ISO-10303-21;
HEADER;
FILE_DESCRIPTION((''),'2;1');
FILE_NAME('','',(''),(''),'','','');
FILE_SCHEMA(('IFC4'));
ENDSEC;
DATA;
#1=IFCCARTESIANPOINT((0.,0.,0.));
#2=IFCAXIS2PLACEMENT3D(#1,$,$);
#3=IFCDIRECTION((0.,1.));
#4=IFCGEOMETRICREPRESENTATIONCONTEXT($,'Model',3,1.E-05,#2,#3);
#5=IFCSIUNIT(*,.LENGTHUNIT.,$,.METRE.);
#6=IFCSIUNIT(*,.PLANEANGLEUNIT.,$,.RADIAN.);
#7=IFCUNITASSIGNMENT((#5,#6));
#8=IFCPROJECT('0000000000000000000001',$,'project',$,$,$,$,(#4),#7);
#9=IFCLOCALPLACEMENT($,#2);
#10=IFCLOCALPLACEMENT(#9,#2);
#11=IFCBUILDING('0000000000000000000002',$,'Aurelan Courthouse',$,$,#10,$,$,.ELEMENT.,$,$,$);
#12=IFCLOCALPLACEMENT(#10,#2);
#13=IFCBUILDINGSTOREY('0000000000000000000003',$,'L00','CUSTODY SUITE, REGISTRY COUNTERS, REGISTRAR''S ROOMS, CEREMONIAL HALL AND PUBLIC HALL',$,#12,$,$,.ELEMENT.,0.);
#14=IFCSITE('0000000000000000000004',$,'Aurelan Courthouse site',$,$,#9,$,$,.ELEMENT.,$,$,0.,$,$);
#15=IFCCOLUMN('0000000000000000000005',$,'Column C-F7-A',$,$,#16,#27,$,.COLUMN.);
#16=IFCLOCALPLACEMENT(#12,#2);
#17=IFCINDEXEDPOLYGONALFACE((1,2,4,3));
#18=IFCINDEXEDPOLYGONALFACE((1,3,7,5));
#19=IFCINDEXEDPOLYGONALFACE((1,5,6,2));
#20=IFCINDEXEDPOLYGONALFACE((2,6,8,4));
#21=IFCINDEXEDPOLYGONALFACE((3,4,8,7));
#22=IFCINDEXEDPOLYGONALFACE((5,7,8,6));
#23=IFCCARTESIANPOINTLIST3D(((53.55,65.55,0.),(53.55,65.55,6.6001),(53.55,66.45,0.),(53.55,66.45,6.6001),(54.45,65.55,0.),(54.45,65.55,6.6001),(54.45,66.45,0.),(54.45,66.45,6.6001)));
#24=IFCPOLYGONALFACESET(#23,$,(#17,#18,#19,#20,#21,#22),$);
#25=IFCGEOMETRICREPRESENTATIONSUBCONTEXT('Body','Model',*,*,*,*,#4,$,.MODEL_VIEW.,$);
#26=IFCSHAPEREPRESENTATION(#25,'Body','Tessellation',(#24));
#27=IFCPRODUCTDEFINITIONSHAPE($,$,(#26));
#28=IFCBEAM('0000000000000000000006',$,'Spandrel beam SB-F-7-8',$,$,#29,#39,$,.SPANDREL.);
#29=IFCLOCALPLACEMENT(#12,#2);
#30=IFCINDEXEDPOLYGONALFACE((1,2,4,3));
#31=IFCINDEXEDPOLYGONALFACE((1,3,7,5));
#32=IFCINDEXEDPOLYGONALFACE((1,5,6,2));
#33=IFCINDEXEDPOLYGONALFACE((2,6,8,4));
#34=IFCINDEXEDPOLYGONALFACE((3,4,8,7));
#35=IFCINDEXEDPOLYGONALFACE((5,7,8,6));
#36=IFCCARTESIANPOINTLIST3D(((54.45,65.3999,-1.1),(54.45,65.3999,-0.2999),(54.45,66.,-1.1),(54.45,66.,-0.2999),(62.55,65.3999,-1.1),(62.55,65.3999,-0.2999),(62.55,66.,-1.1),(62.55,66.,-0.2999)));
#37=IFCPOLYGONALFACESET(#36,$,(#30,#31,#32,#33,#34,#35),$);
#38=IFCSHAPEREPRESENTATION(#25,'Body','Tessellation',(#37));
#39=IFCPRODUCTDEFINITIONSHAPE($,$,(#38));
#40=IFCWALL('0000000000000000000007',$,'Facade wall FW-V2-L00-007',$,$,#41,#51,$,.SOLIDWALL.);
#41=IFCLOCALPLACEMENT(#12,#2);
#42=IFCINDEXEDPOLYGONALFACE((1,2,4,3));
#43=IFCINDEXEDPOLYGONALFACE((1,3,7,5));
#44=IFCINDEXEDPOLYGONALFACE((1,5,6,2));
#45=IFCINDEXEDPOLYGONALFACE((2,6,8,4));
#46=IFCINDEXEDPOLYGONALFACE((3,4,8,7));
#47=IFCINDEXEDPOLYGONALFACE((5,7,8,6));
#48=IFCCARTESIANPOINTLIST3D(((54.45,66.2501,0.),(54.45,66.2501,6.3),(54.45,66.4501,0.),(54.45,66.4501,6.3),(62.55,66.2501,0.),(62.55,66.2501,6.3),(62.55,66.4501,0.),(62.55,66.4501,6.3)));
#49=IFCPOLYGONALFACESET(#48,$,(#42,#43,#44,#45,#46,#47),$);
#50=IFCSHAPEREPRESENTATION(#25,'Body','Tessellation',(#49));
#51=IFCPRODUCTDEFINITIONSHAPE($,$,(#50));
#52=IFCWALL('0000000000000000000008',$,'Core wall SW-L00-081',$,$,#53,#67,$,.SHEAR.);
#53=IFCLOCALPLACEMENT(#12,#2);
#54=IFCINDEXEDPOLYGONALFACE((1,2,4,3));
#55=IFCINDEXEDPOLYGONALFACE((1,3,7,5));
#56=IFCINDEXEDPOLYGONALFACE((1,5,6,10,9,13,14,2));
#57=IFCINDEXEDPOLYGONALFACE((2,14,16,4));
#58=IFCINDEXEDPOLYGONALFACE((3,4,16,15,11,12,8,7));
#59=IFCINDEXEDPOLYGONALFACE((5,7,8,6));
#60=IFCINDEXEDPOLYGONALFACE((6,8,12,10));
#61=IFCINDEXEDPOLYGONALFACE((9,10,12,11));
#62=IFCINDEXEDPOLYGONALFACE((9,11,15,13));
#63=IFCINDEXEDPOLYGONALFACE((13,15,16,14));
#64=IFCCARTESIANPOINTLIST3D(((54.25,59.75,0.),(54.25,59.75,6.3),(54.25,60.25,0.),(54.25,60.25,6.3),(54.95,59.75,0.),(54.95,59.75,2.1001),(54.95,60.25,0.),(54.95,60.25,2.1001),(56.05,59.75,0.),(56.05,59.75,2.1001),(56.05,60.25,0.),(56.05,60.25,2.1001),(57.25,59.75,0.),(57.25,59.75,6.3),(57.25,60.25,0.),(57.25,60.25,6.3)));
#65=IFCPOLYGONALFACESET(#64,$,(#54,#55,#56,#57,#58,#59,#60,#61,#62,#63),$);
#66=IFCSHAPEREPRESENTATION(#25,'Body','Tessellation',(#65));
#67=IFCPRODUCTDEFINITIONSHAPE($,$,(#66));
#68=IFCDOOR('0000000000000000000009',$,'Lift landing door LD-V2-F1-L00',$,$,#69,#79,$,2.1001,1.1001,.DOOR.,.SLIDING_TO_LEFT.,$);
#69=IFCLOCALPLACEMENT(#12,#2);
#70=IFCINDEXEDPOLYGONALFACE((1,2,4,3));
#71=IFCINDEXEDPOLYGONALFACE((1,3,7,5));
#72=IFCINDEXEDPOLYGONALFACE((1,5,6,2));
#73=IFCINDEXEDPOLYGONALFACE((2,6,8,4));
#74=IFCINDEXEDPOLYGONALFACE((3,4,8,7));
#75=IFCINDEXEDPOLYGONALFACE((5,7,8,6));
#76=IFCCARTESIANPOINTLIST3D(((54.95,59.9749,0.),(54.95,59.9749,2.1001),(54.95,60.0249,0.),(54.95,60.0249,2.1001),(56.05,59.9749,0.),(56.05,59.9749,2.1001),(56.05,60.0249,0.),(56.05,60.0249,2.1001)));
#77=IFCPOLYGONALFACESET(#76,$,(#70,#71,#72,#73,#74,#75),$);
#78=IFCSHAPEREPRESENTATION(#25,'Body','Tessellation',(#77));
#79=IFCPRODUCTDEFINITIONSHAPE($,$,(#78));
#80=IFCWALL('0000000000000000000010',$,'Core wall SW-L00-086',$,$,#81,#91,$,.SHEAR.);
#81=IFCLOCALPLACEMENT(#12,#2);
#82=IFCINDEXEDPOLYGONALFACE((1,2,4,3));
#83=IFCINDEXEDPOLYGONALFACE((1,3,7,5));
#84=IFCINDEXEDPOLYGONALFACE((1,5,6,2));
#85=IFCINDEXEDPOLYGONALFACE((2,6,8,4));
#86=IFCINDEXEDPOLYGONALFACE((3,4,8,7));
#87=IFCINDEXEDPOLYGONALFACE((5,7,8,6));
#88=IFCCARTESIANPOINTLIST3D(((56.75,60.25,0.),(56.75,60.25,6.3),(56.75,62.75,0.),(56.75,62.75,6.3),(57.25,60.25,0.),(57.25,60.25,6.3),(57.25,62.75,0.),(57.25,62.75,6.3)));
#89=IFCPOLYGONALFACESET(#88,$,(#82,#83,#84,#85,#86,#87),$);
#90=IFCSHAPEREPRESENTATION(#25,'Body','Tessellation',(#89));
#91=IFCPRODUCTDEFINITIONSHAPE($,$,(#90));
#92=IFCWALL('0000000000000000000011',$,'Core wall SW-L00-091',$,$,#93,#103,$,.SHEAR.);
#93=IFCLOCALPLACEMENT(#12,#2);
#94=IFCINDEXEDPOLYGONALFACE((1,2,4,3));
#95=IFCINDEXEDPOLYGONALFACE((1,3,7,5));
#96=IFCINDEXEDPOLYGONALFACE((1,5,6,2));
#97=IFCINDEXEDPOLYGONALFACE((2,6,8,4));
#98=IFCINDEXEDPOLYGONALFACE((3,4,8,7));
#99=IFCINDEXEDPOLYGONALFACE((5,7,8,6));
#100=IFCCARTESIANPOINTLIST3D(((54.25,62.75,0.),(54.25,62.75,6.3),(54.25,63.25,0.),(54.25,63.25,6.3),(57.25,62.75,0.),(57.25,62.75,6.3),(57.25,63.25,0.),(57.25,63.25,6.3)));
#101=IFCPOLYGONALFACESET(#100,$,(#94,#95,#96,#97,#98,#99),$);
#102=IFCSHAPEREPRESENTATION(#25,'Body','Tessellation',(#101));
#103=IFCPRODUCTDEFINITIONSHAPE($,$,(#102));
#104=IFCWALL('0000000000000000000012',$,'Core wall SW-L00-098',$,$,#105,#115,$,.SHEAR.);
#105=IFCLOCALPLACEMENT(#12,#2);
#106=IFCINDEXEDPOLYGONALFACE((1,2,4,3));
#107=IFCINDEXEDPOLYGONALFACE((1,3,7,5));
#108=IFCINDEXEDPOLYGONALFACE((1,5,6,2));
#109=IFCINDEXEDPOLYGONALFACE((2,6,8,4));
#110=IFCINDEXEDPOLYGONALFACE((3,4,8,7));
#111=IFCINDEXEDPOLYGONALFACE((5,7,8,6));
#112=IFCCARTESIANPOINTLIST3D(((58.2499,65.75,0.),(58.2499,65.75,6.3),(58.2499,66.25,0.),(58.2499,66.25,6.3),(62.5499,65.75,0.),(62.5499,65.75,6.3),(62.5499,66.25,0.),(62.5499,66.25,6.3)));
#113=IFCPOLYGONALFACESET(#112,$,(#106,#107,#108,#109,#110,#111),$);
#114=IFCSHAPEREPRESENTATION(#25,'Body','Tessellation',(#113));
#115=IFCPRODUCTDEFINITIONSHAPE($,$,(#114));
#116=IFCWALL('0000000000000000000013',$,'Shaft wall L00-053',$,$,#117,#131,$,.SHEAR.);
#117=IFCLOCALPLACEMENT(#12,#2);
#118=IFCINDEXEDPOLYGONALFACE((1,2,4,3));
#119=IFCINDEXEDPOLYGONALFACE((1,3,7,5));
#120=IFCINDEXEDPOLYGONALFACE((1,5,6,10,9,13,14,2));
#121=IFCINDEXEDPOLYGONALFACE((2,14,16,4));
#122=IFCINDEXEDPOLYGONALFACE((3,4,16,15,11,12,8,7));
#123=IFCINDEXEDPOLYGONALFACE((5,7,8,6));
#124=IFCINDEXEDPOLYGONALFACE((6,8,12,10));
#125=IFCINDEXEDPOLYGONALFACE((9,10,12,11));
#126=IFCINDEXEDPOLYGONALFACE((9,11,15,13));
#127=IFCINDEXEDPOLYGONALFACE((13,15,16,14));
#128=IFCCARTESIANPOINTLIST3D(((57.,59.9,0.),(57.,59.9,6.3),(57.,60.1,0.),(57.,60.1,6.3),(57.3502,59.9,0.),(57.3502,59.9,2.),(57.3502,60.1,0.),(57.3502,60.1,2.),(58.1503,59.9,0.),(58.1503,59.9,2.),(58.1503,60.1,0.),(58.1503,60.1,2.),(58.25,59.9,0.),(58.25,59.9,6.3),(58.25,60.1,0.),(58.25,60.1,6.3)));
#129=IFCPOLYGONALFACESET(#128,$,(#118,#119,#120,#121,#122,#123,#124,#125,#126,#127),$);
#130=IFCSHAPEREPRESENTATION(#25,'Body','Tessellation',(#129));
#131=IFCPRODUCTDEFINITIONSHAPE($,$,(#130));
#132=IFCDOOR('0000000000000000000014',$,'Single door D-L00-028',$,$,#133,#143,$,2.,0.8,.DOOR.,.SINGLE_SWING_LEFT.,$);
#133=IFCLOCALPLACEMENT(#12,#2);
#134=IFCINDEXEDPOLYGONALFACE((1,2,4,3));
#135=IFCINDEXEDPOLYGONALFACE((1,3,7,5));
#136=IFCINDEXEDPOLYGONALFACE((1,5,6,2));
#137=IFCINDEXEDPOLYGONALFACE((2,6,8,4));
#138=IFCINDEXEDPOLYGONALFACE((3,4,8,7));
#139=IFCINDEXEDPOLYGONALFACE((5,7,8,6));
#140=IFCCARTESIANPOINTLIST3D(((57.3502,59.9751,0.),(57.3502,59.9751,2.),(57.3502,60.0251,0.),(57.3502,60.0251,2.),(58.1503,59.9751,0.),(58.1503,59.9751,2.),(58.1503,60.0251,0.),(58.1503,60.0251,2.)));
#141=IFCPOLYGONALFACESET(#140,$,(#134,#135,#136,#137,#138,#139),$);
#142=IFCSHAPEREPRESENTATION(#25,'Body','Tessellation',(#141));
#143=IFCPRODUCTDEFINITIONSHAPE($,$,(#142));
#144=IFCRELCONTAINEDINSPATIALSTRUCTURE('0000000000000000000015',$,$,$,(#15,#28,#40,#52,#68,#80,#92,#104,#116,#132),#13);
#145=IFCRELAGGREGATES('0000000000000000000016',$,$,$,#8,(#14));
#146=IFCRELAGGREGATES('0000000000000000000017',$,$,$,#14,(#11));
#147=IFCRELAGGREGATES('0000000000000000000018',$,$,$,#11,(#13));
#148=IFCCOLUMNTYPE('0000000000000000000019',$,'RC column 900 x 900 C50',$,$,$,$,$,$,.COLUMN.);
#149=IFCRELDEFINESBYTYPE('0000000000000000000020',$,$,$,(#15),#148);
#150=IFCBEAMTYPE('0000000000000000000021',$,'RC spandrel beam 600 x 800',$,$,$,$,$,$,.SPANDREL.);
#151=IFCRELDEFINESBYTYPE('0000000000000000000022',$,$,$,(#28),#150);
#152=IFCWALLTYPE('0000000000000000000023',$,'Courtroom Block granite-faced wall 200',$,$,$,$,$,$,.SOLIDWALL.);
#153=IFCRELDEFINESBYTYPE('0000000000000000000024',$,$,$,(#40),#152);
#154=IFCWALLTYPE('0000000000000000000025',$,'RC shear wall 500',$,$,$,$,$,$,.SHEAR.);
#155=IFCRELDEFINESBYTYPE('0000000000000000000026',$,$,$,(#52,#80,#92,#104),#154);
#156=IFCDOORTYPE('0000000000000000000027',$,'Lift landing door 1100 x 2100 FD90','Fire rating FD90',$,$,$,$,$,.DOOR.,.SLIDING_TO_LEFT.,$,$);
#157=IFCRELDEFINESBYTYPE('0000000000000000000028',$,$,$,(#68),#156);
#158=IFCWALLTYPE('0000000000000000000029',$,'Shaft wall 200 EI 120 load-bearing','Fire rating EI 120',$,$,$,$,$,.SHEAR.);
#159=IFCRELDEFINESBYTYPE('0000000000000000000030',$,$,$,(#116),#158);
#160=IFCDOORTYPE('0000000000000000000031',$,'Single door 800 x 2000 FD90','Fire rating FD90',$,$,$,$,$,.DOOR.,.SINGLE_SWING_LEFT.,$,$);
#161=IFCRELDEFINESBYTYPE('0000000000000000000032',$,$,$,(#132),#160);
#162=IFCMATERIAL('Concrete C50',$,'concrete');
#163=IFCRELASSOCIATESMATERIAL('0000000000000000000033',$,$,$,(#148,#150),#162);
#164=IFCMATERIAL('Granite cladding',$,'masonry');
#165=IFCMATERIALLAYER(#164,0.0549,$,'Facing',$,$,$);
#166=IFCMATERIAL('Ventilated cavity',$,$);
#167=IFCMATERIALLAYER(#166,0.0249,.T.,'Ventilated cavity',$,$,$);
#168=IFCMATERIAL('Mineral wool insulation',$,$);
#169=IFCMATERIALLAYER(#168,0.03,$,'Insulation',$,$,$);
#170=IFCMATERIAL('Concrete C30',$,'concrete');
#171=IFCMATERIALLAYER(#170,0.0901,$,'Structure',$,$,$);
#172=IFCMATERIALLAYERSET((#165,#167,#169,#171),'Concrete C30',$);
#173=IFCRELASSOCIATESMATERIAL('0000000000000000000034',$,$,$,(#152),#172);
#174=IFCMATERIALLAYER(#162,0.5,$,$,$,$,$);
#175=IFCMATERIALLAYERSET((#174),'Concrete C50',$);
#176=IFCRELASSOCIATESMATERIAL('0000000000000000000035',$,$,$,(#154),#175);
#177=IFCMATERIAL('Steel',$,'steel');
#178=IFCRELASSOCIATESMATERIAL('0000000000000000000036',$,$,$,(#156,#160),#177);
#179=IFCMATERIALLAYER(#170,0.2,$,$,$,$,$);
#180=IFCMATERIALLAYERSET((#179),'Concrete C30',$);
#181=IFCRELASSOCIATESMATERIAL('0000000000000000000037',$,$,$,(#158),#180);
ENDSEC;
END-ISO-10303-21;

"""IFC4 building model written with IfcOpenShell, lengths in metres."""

from ifc_helpers import new_model, si_unit, direction, frame, frame_2d, origin, origin_2d, place, context, subcontext, project, spatial, rectangle, extrude, material, layer, layer_set, material_profile, profile_set, type_object, element, fill, save


model = new_model("IFC4")

# Units and contexts
model_context = context("Model", 3, precision=1e-05, world=origin(), true_north=direction((0.0, 1.0)))
body_context = subcontext(model_context, "Body", "Model", "MODEL_VIEW")
ifc_project = project(units=[si_unit("LENGTHUNIT", "METRE"), si_unit("PLANEANGLEUNIT", "RADIAN")], contexts=[model_context])

# Site, building, storey
site_placement = place(None, origin())
site = spatial("IfcSite", under=ifc_project, at=site_placement, Name="Aurelan Courthouse site", CompositionType="ELEMENT", RefElevation=0.0)
building_placement = place(site_placement, origin())
building = spatial("IfcBuilding", under=site, at=building_placement, Name="Aurelan Courthouse", CompositionType="ELEMENT")
storey_placement = place(building_placement, origin())
storey = spatial("IfcBuildingStorey", under=building, at=storey_placement, Name="L00", Description="CUSTODY SUITE, REGISTRY COUNTERS, REGISTRAR'S ROOMS, CEREMONIAL HALL AND PUBLIC HALL", CompositionType="ELEMENT", Elevation=0.0)

# Column
ifc_material_1 = material(Name="Concrete C50", Category="concrete")
ifc_material_profile_1 = material_profile(ifc_material_1, rectangle(XDim=0.8999, YDim=0.8999, at=origin_2d()), Name="RC 900 x 900")
ifc_profile_set_1 = profile_set([ifc_material_profile_1], Name="Concrete C50")
column_type = type_object("IfcColumnType", Name="RC column 900 x 900 C50", PredefinedType="COLUMN", material=ifc_profile_set_1)
column_placement = place(storey_placement, frame((54.0, 66.0, 0.0), z_axis=(0.0, 0.0, 1.0), x_axis=(1.0, 0.0, 0.0)))
element("IfcColumn", 1, at=column_placement, inside=storey, type_object=column_type, Name="Column C-F7-A", PredefinedType="COLUMN", context=body_context, shape_type="SweptSolid", body=[
    extrude(rectangle(XDim=0.8999, YDim=0.8999, at=origin_2d()), origin(), (0.0, 0.0, 1.0), 6.6001),
])

# Beam
ifc_material_profile_2 = material_profile(ifc_material_1, rectangle(XDim=0.6001, YDim=0.8, at=origin_2d()), Name="RC 600 x 800")
ifc_profile_set_2 = profile_set([ifc_material_profile_2], Name="Concrete C50")
beam_type = type_object("IfcBeamType", Name="RC spandrel beam 600 x 800", PredefinedType="SPANDREL", material=ifc_profile_set_2)
beam_placement = place(storey_placement, frame((54.45, 65.7, -0.7), z_axis=(1.0, 0.0, 0.0), x_axis=(0.0, 1.0, 0.0)))
element("IfcBeam", 2, at=beam_placement, inside=storey, type_object=beam_type, Name="Spandrel beam SB-F-7-8", PredefinedType="SPANDREL", context=body_context, shape_type="SweptSolid", body=[
    extrude(rectangle(XDim=0.6001, YDim=0.8, at=origin_2d()), origin(), (0.0, 0.0, 1.0), 8.1001),
])

# Wall
ifc_material_2 = material(Name="Granite cladding", Category="masonry")
ifc_layer_1 = layer(ifc_material_2, 0.0549, Name="Facing")
ifc_material_3 = material(Name="Ventilated cavity")
ifc_layer_2 = layer(ifc_material_3, 0.0249, ventilated=True, Name="Ventilated cavity")
ifc_material_4 = material(Name="Mineral wool insulation")
ifc_layer_3 = layer(ifc_material_4, 0.03, Name="Insulation")
ifc_material_5 = material(Name="Concrete C30", Category="concrete")
ifc_layer_4 = layer(ifc_material_5, 0.0901, Name="Structure")
ifc_layer_set_1 = layer_set([ifc_layer_1, ifc_layer_2, ifc_layer_3, ifc_layer_4], Name="Concrete C30")
wall_type_1 = type_object("IfcWallType", Name="Courtroom Block granite-faced wall 200", PredefinedType="SOLIDWALL", material=ifc_layer_set_1)
wall_1_placement = place(storey_placement, frame((54.45, 66.3501, 0.0), z_axis=(0.0, 0.0, 1.0), x_axis=(1.0, 0.0, 0.0)))
element("IfcWall", 3, at=wall_1_placement, inside=storey, type_object=wall_type_1, Name="Facade wall FW-V2-L00-007", PredefinedType="SOLIDWALL", context=body_context, shape_type="SweptSolid", body=[
    extrude(rectangle(XDim=8.1001, YDim=0.2, at=frame_2d((4.05, 0.0))), origin(), (0.0, 0.0, 1.0), 6.3),
])

# Wall, opening, door
ifc_layer_5 = layer(ifc_material_1, 0.5)
ifc_layer_set_2 = layer_set([ifc_layer_5], Name="Concrete C50")
wall_type_2 = type_object("IfcWallType", Name="RC shear wall 500", PredefinedType="SHEAR", material=ifc_layer_set_2)
wall_2_placement = place(storey_placement, frame((54.25, 60.0, 0.0), z_axis=(0.0, 0.0, 1.0), x_axis=(1.0, 0.0, 0.0)))
wall_2 = element("IfcWall", 4, at=wall_2_placement, inside=storey, type_object=wall_type_2, Name="Core wall SW-L00-081", PredefinedType="SHEAR", context=body_context, shape_type="SweptSolid", body=[
    extrude(rectangle(XDim=3.0, YDim=0.5, at=frame_2d((1.5, 0.0))), origin(), (0.0, 0.0, 1.0), 6.3),
])
opening_1_placement = place(wall_2_placement, frame((0.7, 0.0, 0.0)))
opening_1 = element("IfcOpeningElement", 5, at=opening_1_placement, cuts=wall_2, PredefinedType="OPENING", context=body_context, shape_type="SweptSolid", body=[
    extrude(rectangle(XDim=1.1001, YDim=2.1001, at=frame_2d((0.55, 1.05))), frame((0.0, 0.26, 0.0), z_axis=(0.0, -1.0, 0.0), x_axis=(1.0, 0.0, 0.0)), (0.0, 0.0, 1.0), 0.52),
])
ifc_material_6 = material(Name="Steel", Category="steel")
door_type_1 = type_object("IfcDoorType", Name="Lift landing door 1100 x 2100 FD90", Description="Fire rating FD90", OperationType="SLIDING_TO_LEFT", PredefinedType="DOOR", material=ifc_material_6)
door_1_placement = place(opening_1_placement, origin())
door_1 = element("IfcDoor", 6, at=door_1_placement, inside=storey, type_object=door_type_1, Name="Lift landing door LD-V2-F1-L00", OperationType="SLIDING_TO_LEFT", OverallHeight=2.1001, OverallWidth=1.1001, PredefinedType="DOOR", context=body_context, shape_type="SweptSolid", body=[
    extrude(rectangle(XDim=1.1001, YDim=2.1001, at=frame_2d((0.55, 1.05))), frame((0.0, 0.0249, 0.0), z_axis=(0.0, -1.0, 0.0), x_axis=(1.0, 0.0, 0.0)), (0.0, 0.0, 1.0), 0.05),
])
fill(opening_1, door_1)

# Walls
wall_3_placement = place(storey_placement, frame((57.0, 60.25, 0.0), z_axis=(0.0, 0.0, 1.0), x_axis=(0.0, 1.0, 0.0)))
element("IfcWall", 7, at=wall_3_placement, inside=storey, type_object=wall_type_2, Name="Core wall SW-L00-086", PredefinedType="SHEAR", context=body_context, shape_type="SweptSolid", body=[
    extrude(rectangle(XDim=2.5, YDim=0.5, at=frame_2d((1.25, 0.0))), origin(), (0.0, 0.0, 1.0), 6.3),
])
wall_4_placement = place(storey_placement, frame((54.25, 63.0, 0.0), z_axis=(0.0, 0.0, 1.0), x_axis=(1.0, 0.0, 0.0)))
element("IfcWall", 8, at=wall_4_placement, inside=storey, type_object=wall_type_2, Name="Core wall SW-L00-091", PredefinedType="SHEAR", context=body_context, shape_type="SweptSolid", body=[
    extrude(rectangle(XDim=3.0, YDim=0.5, at=frame_2d((1.5, 0.0))), origin(), (0.0, 0.0, 1.0), 6.3),
])
wall_5_placement = place(storey_placement, frame((58.25, 66.0, 0.0), z_axis=(0.0, 0.0, 1.0), x_axis=(1.0, 0.0, 0.0)))
element("IfcWall", 9, at=wall_5_placement, inside=storey, type_object=wall_type_2, Name="Core wall SW-L00-098", PredefinedType="SHEAR", context=body_context, shape_type="SweptSolid", body=[
    extrude(rectangle(XDim=4.3, YDim=0.5, at=frame_2d((2.1499, 0.0))), origin(), (0.0, 0.0, 1.0), 6.3),
])

# Wall, opening, door
ifc_layer_6 = layer(ifc_material_5, 0.2)
ifc_layer_set_3 = layer_set([ifc_layer_6], Name="Concrete C30")
wall_type_3 = type_object("IfcWallType", Name="Shaft wall 200 EI 120 load-bearing", Description="Fire rating EI 120", PredefinedType="SHEAR", material=ifc_layer_set_3)
wall_6_placement = place(storey_placement, frame((57.0, 60.0, 0.0), z_axis=(0.0, 0.0, 1.0), x_axis=(1.0, 0.0, 0.0)))
wall_6 = element("IfcWall", 10, at=wall_6_placement, inside=storey, type_object=wall_type_3, Name="Shaft wall L00-053", PredefinedType="SHEAR", context=body_context, shape_type="SweptSolid", body=[
    extrude(rectangle(XDim=1.25, YDim=0.2, at=frame_2d((0.625, 0.0))), origin(), (0.0, 0.0, 1.0), 6.3),
])
opening_2_placement = place(wall_6_placement, frame((1.1501, 0.0, 0.0), z_axis=(0.0, 0.0, 1.0), x_axis=(-1.0, 0.0, 0.0)))
opening_2 = element("IfcOpeningElement", 11, at=opening_2_placement, cuts=wall_6, PredefinedType="OPENING", context=body_context, shape_type="SweptSolid", body=[
    extrude(rectangle(XDim=0.8, YDim=2.0, at=frame_2d((0.3999, 1.0))), frame((0.0, 0.1099, 0.0), z_axis=(0.0, -1.0, 0.0), x_axis=(1.0, 0.0, 0.0)), (0.0, 0.0, 1.0), 0.22),
])
door_type_2 = type_object("IfcDoorType", Name="Single door 800 x 2000 FD90", Description="Fire rating FD90", OperationType="SINGLE_SWING_LEFT", PredefinedType="DOOR", material=ifc_material_6)
door_2_placement = place(opening_2_placement, origin())
door_2 = element("IfcDoor", 12, at=door_2_placement, inside=storey, type_object=door_type_2, Name="Single door D-L00-028", OperationType="SINGLE_SWING_LEFT", OverallHeight=2.0, OverallWidth=0.8, PredefinedType="DOOR", context=body_context, shape_type="SweptSolid", body=[
    extrude(rectangle(XDim=0.8, YDim=2.0, at=frame_2d((0.3999, 1.0))), frame((0.0, 0.0249, 0.0), z_axis=(0.0, -1.0, 0.0), x_axis=(1.0, 0.0, 0.0)), (0.0, 0.0, 1.0), 0.05),
])
fill(opening_2, door_2)

save(model, "model.ifc")
